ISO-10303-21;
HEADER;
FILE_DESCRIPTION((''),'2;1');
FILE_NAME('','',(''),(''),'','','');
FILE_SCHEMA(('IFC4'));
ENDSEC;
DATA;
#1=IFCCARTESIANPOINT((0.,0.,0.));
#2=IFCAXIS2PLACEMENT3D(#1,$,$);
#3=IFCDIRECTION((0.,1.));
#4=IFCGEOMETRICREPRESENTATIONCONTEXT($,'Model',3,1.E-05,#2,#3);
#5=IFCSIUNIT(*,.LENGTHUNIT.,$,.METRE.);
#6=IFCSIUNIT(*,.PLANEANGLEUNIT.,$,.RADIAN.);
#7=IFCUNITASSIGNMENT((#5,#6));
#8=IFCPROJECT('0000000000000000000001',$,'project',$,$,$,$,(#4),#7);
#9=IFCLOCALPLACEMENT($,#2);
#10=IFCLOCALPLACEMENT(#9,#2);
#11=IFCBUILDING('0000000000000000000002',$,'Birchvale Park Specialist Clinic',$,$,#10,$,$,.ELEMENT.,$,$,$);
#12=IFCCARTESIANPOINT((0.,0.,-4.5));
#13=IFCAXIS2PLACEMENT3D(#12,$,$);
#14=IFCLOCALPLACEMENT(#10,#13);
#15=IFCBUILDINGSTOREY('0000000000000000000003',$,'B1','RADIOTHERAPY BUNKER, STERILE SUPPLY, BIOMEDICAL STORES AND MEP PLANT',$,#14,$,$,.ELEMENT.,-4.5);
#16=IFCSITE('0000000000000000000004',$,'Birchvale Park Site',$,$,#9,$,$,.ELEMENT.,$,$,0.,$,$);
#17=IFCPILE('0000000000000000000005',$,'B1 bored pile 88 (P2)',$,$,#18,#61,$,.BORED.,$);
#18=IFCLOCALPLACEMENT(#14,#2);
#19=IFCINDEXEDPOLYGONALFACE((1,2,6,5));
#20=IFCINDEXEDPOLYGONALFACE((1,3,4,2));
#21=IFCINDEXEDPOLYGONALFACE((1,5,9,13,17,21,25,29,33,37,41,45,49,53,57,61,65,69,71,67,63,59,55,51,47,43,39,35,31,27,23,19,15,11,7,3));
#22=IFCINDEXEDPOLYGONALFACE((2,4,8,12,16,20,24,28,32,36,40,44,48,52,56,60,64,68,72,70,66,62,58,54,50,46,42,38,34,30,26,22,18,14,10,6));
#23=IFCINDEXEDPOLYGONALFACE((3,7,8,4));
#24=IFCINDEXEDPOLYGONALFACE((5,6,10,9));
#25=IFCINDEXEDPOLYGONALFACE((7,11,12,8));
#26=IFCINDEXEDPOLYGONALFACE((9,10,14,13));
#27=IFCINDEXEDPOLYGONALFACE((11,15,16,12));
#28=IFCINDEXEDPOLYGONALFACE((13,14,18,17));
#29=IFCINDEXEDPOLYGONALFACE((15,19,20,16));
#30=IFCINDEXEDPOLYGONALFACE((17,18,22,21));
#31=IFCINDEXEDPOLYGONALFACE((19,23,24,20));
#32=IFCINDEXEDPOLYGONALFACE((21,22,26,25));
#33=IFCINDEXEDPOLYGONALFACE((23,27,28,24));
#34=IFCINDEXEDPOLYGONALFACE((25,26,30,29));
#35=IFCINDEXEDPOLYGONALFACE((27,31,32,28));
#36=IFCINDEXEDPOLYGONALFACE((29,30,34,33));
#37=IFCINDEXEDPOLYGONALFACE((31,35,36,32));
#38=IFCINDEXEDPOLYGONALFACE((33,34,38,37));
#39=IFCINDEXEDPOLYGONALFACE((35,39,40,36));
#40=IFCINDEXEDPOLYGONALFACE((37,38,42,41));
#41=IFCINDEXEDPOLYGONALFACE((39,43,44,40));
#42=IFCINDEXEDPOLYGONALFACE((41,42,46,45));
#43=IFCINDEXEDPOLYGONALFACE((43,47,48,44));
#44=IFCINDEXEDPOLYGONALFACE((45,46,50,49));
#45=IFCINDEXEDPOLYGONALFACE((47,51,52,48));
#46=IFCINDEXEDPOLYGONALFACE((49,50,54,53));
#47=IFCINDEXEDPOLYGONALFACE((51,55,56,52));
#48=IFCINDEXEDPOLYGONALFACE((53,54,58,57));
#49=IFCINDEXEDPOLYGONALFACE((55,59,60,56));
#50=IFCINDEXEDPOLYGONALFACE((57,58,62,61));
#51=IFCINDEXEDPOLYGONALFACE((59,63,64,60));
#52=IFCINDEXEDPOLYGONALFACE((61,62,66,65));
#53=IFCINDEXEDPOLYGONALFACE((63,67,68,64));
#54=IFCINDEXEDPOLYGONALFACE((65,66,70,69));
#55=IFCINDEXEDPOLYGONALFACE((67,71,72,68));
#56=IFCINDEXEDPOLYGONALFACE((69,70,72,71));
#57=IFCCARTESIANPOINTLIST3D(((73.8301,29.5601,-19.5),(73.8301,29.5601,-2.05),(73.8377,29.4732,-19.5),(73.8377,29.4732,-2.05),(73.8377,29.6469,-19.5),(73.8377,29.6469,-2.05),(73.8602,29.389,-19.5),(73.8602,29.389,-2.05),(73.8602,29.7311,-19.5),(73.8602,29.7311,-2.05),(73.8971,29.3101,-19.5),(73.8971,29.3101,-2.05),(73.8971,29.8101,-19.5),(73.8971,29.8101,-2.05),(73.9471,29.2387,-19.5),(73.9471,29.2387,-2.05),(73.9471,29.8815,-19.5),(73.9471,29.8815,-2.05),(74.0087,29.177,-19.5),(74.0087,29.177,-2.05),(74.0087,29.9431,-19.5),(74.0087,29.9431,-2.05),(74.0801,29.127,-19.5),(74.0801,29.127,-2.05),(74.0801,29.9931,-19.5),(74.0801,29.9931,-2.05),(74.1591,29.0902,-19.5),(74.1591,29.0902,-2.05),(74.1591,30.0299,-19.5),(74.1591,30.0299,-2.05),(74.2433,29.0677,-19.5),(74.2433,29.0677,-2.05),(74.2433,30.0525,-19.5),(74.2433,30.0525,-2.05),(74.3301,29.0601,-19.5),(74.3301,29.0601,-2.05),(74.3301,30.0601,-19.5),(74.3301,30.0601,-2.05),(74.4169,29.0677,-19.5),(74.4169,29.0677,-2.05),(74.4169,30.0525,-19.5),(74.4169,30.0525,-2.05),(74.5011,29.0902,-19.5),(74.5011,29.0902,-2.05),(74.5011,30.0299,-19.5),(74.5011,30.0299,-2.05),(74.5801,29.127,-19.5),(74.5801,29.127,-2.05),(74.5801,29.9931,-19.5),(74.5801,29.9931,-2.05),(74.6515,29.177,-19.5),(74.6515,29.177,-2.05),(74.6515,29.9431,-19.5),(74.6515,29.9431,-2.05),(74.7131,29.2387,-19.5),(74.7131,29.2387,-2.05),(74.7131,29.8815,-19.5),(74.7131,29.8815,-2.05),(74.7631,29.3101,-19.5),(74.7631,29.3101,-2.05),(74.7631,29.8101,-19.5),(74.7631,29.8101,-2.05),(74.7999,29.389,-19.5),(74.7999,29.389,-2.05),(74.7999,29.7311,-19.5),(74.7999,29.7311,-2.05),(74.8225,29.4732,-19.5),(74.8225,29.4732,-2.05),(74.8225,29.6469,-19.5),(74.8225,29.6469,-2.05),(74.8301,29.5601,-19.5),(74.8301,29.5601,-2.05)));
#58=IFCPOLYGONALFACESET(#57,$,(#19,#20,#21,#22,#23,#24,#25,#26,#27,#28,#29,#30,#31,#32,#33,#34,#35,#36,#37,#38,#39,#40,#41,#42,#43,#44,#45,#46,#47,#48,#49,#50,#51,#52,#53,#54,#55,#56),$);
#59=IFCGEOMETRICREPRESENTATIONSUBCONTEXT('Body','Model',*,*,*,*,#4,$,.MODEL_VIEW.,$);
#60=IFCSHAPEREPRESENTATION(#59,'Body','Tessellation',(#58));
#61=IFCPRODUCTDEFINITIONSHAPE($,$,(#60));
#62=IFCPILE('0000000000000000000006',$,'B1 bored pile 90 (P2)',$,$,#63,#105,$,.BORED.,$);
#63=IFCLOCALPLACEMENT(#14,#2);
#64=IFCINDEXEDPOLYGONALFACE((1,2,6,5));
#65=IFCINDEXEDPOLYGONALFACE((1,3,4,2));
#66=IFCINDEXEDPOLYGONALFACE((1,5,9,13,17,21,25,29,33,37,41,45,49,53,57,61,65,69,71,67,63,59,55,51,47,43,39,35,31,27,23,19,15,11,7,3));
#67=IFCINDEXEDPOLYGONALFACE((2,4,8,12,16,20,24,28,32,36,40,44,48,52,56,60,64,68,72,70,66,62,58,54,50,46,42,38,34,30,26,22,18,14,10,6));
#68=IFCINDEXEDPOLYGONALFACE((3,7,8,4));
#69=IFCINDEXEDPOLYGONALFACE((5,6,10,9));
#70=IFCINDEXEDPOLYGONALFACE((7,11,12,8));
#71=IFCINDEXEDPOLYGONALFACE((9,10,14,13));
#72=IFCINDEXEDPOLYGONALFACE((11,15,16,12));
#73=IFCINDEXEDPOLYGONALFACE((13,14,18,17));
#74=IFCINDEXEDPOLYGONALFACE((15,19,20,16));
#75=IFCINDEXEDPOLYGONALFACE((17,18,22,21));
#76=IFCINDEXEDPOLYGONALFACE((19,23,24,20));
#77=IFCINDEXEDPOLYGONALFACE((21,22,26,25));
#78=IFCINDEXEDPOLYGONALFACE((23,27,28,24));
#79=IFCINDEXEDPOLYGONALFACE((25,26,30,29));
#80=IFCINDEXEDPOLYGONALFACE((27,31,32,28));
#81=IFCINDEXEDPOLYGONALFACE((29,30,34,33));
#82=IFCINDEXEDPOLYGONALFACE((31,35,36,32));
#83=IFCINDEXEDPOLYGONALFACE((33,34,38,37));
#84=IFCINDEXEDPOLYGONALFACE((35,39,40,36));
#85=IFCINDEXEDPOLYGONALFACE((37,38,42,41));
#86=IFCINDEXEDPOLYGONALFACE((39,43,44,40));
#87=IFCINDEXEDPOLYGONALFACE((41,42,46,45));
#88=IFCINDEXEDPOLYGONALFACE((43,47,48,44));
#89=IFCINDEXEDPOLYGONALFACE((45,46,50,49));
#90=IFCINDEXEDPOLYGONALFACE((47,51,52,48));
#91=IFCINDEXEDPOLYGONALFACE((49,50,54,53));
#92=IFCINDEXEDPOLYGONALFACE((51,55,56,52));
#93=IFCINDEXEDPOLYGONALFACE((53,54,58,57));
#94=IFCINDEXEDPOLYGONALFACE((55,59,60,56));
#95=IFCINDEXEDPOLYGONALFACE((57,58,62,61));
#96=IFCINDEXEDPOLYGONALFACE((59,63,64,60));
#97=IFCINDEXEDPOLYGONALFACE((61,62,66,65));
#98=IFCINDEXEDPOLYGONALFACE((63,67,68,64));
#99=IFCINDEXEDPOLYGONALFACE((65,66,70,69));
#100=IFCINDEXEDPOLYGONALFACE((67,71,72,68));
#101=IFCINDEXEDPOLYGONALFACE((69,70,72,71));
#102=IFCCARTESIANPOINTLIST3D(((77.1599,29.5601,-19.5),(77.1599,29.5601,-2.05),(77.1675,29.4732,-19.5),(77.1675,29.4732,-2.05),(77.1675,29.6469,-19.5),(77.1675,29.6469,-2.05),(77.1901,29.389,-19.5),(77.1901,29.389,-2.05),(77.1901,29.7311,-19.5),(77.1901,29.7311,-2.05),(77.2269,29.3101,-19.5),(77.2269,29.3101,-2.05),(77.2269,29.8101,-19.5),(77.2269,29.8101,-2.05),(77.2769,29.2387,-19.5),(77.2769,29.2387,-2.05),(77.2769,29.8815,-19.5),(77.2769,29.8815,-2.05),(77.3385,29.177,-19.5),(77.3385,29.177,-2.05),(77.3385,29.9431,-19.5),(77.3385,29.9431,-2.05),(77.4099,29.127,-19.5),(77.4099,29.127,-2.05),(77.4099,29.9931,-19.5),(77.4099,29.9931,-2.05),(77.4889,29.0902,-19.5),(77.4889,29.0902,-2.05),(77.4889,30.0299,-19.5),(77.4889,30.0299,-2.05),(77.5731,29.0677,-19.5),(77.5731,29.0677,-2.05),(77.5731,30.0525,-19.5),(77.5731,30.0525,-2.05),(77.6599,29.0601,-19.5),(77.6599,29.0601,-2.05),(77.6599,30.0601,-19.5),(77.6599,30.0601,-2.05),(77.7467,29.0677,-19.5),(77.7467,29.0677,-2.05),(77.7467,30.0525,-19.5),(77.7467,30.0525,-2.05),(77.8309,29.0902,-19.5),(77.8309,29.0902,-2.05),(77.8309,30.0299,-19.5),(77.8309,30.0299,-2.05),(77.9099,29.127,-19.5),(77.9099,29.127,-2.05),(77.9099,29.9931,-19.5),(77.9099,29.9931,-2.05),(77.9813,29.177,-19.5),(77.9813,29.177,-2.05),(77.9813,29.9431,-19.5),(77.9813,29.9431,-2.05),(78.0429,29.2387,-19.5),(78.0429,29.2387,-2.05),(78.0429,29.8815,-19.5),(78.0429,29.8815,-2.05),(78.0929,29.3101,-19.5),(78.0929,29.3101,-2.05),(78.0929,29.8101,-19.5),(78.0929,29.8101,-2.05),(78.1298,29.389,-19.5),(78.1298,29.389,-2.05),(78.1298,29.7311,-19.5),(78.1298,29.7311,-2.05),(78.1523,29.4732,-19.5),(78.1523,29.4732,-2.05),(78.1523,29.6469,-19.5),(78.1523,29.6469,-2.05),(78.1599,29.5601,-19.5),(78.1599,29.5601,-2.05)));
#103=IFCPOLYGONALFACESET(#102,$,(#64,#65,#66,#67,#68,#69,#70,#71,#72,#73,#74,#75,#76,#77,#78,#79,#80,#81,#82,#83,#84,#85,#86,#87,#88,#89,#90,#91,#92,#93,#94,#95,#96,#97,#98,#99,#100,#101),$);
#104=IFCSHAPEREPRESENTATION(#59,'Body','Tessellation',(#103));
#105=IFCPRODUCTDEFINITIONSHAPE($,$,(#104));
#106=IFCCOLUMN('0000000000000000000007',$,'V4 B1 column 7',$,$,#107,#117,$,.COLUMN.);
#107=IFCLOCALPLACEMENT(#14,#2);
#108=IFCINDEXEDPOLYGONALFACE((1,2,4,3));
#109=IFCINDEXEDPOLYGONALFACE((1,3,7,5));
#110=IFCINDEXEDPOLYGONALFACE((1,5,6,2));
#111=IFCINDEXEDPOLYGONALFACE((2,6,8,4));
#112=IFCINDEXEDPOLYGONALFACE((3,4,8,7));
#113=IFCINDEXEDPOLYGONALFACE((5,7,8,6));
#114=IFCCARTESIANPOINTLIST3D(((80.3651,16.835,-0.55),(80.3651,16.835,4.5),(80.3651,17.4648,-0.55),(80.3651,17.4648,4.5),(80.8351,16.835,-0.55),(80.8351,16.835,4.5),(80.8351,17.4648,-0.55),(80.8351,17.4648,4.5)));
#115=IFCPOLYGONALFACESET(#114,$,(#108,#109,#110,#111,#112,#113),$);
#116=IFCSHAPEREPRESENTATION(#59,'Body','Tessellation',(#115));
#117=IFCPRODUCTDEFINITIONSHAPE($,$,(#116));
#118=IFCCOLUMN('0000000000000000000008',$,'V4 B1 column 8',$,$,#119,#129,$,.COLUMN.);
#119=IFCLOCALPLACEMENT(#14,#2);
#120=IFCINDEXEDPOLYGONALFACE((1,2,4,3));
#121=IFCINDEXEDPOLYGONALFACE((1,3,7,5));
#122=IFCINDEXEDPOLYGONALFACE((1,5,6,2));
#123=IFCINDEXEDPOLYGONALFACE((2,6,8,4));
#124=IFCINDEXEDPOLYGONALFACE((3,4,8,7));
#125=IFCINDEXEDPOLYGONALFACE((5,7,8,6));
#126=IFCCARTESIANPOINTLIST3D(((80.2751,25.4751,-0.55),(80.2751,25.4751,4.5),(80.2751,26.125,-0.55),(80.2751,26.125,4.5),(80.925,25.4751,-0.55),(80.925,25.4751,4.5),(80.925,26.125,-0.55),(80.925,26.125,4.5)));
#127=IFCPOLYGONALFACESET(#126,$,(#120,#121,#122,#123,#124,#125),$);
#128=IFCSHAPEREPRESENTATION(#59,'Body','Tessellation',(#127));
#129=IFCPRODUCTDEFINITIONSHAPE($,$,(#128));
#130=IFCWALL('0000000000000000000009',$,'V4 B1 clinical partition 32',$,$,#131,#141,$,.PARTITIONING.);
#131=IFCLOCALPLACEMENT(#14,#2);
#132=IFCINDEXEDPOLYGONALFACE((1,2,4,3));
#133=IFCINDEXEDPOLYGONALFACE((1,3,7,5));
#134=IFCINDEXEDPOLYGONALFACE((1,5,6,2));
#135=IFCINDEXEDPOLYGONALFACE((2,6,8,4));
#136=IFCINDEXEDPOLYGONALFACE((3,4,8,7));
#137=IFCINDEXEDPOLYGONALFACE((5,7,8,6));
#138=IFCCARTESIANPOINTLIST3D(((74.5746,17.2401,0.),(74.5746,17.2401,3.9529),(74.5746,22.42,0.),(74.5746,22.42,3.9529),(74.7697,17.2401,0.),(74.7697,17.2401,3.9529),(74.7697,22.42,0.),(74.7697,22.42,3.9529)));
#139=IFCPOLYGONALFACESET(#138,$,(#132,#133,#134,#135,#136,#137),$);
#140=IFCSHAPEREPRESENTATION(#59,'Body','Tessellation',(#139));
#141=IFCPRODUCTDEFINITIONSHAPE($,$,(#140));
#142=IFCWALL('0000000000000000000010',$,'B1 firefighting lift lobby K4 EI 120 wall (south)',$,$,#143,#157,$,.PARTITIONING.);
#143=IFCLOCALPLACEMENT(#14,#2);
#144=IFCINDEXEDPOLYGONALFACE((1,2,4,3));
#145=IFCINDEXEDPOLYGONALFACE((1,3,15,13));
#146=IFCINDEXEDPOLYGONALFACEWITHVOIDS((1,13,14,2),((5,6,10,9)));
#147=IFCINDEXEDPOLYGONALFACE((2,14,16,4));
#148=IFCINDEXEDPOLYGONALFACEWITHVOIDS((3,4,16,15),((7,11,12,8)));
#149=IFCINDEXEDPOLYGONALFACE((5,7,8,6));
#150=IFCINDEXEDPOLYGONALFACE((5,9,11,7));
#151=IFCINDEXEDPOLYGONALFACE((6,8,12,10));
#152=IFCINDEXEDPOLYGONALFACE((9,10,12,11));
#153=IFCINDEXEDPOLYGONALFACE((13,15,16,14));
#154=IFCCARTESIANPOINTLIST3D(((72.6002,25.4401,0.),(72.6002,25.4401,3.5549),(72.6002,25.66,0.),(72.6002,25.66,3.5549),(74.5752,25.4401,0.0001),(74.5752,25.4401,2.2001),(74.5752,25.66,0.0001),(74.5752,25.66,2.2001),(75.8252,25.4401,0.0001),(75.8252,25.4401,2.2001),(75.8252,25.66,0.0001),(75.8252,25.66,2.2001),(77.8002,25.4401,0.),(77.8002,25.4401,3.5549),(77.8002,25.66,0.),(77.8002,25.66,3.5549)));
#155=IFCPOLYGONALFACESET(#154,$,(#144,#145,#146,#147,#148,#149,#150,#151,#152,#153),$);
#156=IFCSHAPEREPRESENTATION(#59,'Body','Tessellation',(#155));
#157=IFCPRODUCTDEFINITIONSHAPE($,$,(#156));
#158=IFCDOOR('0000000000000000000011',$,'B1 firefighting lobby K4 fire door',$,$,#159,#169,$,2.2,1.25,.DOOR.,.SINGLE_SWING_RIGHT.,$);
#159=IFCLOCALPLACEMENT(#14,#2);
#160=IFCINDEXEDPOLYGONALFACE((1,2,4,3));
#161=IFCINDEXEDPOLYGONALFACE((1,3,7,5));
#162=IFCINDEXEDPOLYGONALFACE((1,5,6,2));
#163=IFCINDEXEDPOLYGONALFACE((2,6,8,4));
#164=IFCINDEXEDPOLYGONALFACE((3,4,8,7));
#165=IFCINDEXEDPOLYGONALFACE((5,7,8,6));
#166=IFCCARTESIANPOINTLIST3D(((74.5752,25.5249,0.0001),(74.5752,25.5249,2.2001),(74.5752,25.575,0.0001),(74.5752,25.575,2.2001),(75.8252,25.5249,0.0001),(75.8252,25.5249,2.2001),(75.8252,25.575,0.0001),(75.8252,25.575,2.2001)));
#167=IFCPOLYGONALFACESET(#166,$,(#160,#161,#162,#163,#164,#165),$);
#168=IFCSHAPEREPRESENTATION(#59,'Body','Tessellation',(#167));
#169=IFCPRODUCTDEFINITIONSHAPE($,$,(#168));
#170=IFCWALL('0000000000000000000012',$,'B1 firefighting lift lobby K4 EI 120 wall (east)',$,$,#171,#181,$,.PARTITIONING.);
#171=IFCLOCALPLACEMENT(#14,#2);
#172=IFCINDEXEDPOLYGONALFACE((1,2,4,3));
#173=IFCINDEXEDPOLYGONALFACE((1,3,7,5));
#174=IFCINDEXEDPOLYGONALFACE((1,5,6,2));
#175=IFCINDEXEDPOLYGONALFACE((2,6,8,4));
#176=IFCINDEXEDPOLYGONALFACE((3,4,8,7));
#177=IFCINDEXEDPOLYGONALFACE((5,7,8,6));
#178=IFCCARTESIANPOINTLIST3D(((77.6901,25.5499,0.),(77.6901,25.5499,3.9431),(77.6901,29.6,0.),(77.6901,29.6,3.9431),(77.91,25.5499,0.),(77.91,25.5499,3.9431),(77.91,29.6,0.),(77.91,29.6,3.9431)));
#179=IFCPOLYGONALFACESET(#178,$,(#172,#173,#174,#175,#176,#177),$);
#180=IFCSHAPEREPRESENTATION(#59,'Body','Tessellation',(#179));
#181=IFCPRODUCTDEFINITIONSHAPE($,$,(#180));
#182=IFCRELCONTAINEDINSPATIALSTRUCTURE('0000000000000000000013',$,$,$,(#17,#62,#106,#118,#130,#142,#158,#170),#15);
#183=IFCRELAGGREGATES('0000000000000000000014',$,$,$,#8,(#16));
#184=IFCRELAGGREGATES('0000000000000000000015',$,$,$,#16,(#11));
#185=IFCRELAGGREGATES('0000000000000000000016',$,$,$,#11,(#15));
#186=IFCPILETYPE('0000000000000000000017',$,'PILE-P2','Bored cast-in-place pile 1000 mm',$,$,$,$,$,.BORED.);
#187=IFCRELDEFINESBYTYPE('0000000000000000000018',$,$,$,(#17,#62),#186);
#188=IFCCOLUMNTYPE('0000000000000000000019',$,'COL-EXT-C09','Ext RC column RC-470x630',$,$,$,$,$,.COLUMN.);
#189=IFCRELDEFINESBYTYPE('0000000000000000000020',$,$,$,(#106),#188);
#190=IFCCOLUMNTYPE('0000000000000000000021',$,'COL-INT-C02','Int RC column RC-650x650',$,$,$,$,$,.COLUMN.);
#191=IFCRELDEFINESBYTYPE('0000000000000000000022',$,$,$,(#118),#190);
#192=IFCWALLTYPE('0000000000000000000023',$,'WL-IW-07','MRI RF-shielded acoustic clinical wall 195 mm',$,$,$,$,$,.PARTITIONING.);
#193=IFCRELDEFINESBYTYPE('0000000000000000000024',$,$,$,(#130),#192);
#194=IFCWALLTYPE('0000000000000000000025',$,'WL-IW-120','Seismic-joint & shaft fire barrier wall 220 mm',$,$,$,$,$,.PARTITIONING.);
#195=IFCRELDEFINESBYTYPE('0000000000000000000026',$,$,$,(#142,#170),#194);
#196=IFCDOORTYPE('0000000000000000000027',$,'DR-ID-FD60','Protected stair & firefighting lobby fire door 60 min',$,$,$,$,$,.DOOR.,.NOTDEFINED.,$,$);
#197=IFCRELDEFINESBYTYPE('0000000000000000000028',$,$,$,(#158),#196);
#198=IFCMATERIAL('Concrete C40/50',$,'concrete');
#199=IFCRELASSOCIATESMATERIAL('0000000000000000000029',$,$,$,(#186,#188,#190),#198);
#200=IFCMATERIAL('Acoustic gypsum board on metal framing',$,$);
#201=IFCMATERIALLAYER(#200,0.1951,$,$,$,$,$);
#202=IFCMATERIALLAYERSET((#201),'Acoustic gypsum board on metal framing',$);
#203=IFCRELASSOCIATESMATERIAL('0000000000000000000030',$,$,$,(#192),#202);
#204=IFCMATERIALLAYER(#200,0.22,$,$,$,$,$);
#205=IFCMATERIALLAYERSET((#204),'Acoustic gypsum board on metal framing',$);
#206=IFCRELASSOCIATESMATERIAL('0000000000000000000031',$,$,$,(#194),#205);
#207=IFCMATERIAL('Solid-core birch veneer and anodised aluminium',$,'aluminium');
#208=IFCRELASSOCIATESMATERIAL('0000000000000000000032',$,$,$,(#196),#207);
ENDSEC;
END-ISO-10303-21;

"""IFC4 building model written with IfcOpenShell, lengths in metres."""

from ifc_helpers import new_model, si_unit, direction, frame, frame_2d, origin, origin_2d, place, context, subcontext, project, spatial, rectangle, circle, extrude, material, layer, layer_set, material_profile, profile_set, type_object, element, fill, save


model = new_model("IFC4")

# Units and contexts
model_context = context("Model", 3, precision=1e-05, world=origin(), true_north=direction((0.0, 1.0)))
body_context = subcontext(model_context, "Body", "Model", "MODEL_VIEW")
ifc_project = project(units=[si_unit("LENGTHUNIT", "METRE"), si_unit("PLANEANGLEUNIT", "RADIAN")], contexts=[model_context])

# Site, building, storey
site_placement = place(None, origin())
site = spatial("IfcSite", under=ifc_project, at=site_placement, Name="Birchvale Park Site", CompositionType="ELEMENT", RefElevation=0.0)
building_placement = place(site_placement, origin())
building = spatial("IfcBuilding", under=site, at=building_placement, Name="Birchvale Park Specialist Clinic", CompositionType="ELEMENT")
storey_placement = place(building_placement, frame((0.0, 0.0, -4.5)))
storey = spatial("IfcBuildingStorey", under=building, at=storey_placement, Name="B1", Description="RADIOTHERAPY BUNKER, STERILE SUPPLY, BIOMEDICAL STORES AND MEP PLANT", CompositionType="ELEMENT", Elevation=-4.5)

# Shared definitions
ifc_material_1 = material(Name="Concrete C40/50", Category="concrete")

# Piles
ifc_material_profile_1 = material_profile(ifc_material_1, circle(Radius=0.5, at=origin_2d()), Name="PILE-1000")
ifc_profile_set_1 = profile_set([ifc_material_profile_1], Name="Concrete C40/50")
pile_type_1 = type_object("IfcPileType", Name="PILE-P2", Description="Bored cast-in-place pile 1000 mm", PredefinedType="BORED", material=ifc_profile_set_1)
for number, where, z_axis, x_axis, name in (
    (1, (74.3301, 29.5601, -2.05), (0.0, 0.0, -1.0), (1.0, 0.0, 0.0), "B1 bored pile 88 (P2)"),
    (2, (77.6599, 29.5601, -2.05), (0.0, 0.0, -1.0), (1.0, 0.0, 0.0), "B1 bored pile 90 (P2)"),
):
    element("IfcPile", number, at=place(storey_placement, frame(where, z_axis=z_axis, x_axis=x_axis)), inside=storey, type_object=pile_type_1, Name=name, PredefinedType="BORED", context=body_context, shape_type="SweptSolid", body=[
        extrude(circle(Radius=0.5, at=origin_2d()), origin(), (0.0, 0.0, 1.0), 17.45),
    ])

# Columns
ifc_material_profile_2 = material_profile(ifc_material_1, rectangle(XDim=0.47, YDim=0.6299, at=origin_2d()), Name="RC-470x630")
ifc_profile_set_2 = profile_set([ifc_material_profile_2], Name="Concrete C40/50")
column_type_1 = type_object("IfcColumnType", Name="COL-EXT-C09", Description="Ext RC column RC-470x630", PredefinedType="COLUMN", material=ifc_profile_set_2)
column_1_placement = place(storey_placement, frame((80.6001, 17.1499, -0.55), z_axis=(0.0, 0.0, 1.0), x_axis=(1.0, 0.0, 0.0)))
element("IfcColumn", 3, at=column_1_placement, inside=storey, type_object=column_type_1, Name="V4 B1 column 7", PredefinedType="COLUMN", context=body_context, shape_type="SweptSolid", body=[
    extrude(rectangle(XDim=0.47, YDim=0.6299, at=origin_2d()), origin(), (0.0, 0.0, 1.0), 5.05),
])
ifc_material_profile_3 = material_profile(ifc_material_1, rectangle(XDim=0.6499, YDim=0.6499, at=origin_2d()), Name="RC-650x650")
ifc_profile_set_3 = profile_set([ifc_material_profile_3], Name="Concrete C40/50")
column_type_2 = type_object("IfcColumnType", Name="COL-INT-C02", Description="Int RC column RC-650x650", PredefinedType="COLUMN", material=ifc_profile_set_3)
column_2_placement = place(storey_placement, frame((80.6001, 25.8, -0.55), z_axis=(0.0, 0.0, 1.0), x_axis=(1.0, 0.0, 0.0)))
element("IfcColumn", 4, at=column_2_placement, inside=storey, type_object=column_type_2, Name="V4 B1 column 8", PredefinedType="COLUMN", context=body_context, shape_type="SweptSolid", body=[
    extrude(rectangle(XDim=0.6499, YDim=0.6499, at=origin_2d()), origin(), (0.0, 0.0, 1.0), 5.05),
])

# Wall
ifc_material_2 = material(Name="Acoustic gypsum board on metal framing")
ifc_layer_1 = layer(ifc_material_2, 0.1951)
ifc_layer_set_1 = layer_set([ifc_layer_1], Name="Acoustic gypsum board on metal framing")
wall_type_1 = type_object("IfcWallType", Name="WL-IW-07", Description="MRI RF-shielded acoustic clinical wall 195 mm", PredefinedType="PARTITIONING", material=ifc_layer_set_1)
wall_1_placement = place(storey_placement, frame((74.6721, 22.4199, 0.0), z_axis=(0.0, 0.0, 1.0), x_axis=(0.0, -1.0, 0.0)))
element("IfcWall", 5, at=wall_1_placement, inside=storey, type_object=wall_type_1, Name="V4 B1 clinical partition 32", PredefinedType="PARTITIONING", context=body_context, shape_type="SweptSolid", body=[
    extrude(rectangle(XDim=5.1799, YDim=0.1951, at=frame_2d((2.5898, 0.0))), origin(), (0.0, 0.0, 1.0), 3.9529),
])

# Wall, opening, door
ifc_layer_2 = layer(ifc_material_2, 0.22)
ifc_layer_set_2 = layer_set([ifc_layer_2], Name="Acoustic gypsum board on metal framing")
wall_type_2 = type_object("IfcWallType", Name="WL-IW-120", Description="Seismic-joint & shaft fire barrier wall 220 mm", PredefinedType="PARTITIONING", material=ifc_layer_set_2)
wall_2_placement = place(storey_placement, frame((72.6001, 25.55, 0.0), z_axis=(0.0, 0.0, 1.0), x_axis=(1.0, 0.0, 0.0)))
wall_2 = element("IfcWall", 6, at=wall_2_placement, inside=storey, type_object=wall_type_2, Name="B1 firefighting lift lobby K4 EI 120 wall (south)", PredefinedType="PARTITIONING", context=body_context, shape_type="SweptSolid", body=[
    extrude(rectangle(XDim=5.2, YDim=0.22, at=frame_2d((2.6001, 0.0))), origin(), (0.0, 0.0, 1.0), 3.5549),
])
opening_1_placement = place(wall_2_placement, frame((1.9751, 0.0, 0.0)))
opening_1 = element("IfcOpeningElement", 7, at=opening_1_placement, cuts=wall_2, PredefinedType="OPENING", context=body_context, shape_type="SweptSolid", body=[
    extrude(rectangle(XDim=1.25, YDim=2.2, at=frame_2d((0.625, 1.1001))), frame((0.0, 0.1201, 0.0), z_axis=(0.0, -1.0, 0.0), x_axis=(1.0, 0.0, 0.0)), (0.0, 0.0, 1.0), 0.24),
])
ifc_material_3 = material(Name="Solid-core birch veneer and anodised aluminium", Category="aluminium")
door_type_1 = type_object("IfcDoorType", Name="DR-ID-FD60", Description="Protected stair & firefighting lobby fire door 60 min", OperationType="NOTDEFINED", PredefinedType="DOOR", material=ifc_material_3)
door_1_placement = place(opening_1_placement, origin())
door_1 = element("IfcDoor", 8, at=door_1_placement, inside=storey, type_object=door_type_1, Name="B1 firefighting lobby K4 fire door", OperationType="SINGLE_SWING_RIGHT", OverallHeight=2.2, OverallWidth=1.25, PredefinedType="DOOR", context=body_context, shape_type="SweptSolid", body=[
    extrude(rectangle(XDim=1.25, YDim=2.2, at=frame_2d((0.625, 1.1001))), frame((0.0, 0.0249, 0.0), z_axis=(0.0, -1.0, 0.0), x_axis=(1.0, 0.0, 0.0)), (0.0, 0.0, 1.0), 0.05),
])
fill(opening_1, door_1)

# Wall
wall_3_placement = place(storey_placement, frame((77.8, 25.55, 0.0), z_axis=(0.0, 0.0, 1.0), x_axis=(0.0, 1.0, 0.0)))
element("IfcWall", 9, at=wall_3_placement, inside=storey, type_object=wall_type_2, Name="B1 firefighting lift lobby K4 EI 120 wall (east)", PredefinedType="PARTITIONING", context=body_context, shape_type="SweptSolid", body=[
    extrude(rectangle(XDim=4.05, YDim=0.22, at=frame_2d((2.0249, 0.0))), origin(), (0.0, 0.0, 1.0), 3.9431),
])

save(model, "model.ifc")
